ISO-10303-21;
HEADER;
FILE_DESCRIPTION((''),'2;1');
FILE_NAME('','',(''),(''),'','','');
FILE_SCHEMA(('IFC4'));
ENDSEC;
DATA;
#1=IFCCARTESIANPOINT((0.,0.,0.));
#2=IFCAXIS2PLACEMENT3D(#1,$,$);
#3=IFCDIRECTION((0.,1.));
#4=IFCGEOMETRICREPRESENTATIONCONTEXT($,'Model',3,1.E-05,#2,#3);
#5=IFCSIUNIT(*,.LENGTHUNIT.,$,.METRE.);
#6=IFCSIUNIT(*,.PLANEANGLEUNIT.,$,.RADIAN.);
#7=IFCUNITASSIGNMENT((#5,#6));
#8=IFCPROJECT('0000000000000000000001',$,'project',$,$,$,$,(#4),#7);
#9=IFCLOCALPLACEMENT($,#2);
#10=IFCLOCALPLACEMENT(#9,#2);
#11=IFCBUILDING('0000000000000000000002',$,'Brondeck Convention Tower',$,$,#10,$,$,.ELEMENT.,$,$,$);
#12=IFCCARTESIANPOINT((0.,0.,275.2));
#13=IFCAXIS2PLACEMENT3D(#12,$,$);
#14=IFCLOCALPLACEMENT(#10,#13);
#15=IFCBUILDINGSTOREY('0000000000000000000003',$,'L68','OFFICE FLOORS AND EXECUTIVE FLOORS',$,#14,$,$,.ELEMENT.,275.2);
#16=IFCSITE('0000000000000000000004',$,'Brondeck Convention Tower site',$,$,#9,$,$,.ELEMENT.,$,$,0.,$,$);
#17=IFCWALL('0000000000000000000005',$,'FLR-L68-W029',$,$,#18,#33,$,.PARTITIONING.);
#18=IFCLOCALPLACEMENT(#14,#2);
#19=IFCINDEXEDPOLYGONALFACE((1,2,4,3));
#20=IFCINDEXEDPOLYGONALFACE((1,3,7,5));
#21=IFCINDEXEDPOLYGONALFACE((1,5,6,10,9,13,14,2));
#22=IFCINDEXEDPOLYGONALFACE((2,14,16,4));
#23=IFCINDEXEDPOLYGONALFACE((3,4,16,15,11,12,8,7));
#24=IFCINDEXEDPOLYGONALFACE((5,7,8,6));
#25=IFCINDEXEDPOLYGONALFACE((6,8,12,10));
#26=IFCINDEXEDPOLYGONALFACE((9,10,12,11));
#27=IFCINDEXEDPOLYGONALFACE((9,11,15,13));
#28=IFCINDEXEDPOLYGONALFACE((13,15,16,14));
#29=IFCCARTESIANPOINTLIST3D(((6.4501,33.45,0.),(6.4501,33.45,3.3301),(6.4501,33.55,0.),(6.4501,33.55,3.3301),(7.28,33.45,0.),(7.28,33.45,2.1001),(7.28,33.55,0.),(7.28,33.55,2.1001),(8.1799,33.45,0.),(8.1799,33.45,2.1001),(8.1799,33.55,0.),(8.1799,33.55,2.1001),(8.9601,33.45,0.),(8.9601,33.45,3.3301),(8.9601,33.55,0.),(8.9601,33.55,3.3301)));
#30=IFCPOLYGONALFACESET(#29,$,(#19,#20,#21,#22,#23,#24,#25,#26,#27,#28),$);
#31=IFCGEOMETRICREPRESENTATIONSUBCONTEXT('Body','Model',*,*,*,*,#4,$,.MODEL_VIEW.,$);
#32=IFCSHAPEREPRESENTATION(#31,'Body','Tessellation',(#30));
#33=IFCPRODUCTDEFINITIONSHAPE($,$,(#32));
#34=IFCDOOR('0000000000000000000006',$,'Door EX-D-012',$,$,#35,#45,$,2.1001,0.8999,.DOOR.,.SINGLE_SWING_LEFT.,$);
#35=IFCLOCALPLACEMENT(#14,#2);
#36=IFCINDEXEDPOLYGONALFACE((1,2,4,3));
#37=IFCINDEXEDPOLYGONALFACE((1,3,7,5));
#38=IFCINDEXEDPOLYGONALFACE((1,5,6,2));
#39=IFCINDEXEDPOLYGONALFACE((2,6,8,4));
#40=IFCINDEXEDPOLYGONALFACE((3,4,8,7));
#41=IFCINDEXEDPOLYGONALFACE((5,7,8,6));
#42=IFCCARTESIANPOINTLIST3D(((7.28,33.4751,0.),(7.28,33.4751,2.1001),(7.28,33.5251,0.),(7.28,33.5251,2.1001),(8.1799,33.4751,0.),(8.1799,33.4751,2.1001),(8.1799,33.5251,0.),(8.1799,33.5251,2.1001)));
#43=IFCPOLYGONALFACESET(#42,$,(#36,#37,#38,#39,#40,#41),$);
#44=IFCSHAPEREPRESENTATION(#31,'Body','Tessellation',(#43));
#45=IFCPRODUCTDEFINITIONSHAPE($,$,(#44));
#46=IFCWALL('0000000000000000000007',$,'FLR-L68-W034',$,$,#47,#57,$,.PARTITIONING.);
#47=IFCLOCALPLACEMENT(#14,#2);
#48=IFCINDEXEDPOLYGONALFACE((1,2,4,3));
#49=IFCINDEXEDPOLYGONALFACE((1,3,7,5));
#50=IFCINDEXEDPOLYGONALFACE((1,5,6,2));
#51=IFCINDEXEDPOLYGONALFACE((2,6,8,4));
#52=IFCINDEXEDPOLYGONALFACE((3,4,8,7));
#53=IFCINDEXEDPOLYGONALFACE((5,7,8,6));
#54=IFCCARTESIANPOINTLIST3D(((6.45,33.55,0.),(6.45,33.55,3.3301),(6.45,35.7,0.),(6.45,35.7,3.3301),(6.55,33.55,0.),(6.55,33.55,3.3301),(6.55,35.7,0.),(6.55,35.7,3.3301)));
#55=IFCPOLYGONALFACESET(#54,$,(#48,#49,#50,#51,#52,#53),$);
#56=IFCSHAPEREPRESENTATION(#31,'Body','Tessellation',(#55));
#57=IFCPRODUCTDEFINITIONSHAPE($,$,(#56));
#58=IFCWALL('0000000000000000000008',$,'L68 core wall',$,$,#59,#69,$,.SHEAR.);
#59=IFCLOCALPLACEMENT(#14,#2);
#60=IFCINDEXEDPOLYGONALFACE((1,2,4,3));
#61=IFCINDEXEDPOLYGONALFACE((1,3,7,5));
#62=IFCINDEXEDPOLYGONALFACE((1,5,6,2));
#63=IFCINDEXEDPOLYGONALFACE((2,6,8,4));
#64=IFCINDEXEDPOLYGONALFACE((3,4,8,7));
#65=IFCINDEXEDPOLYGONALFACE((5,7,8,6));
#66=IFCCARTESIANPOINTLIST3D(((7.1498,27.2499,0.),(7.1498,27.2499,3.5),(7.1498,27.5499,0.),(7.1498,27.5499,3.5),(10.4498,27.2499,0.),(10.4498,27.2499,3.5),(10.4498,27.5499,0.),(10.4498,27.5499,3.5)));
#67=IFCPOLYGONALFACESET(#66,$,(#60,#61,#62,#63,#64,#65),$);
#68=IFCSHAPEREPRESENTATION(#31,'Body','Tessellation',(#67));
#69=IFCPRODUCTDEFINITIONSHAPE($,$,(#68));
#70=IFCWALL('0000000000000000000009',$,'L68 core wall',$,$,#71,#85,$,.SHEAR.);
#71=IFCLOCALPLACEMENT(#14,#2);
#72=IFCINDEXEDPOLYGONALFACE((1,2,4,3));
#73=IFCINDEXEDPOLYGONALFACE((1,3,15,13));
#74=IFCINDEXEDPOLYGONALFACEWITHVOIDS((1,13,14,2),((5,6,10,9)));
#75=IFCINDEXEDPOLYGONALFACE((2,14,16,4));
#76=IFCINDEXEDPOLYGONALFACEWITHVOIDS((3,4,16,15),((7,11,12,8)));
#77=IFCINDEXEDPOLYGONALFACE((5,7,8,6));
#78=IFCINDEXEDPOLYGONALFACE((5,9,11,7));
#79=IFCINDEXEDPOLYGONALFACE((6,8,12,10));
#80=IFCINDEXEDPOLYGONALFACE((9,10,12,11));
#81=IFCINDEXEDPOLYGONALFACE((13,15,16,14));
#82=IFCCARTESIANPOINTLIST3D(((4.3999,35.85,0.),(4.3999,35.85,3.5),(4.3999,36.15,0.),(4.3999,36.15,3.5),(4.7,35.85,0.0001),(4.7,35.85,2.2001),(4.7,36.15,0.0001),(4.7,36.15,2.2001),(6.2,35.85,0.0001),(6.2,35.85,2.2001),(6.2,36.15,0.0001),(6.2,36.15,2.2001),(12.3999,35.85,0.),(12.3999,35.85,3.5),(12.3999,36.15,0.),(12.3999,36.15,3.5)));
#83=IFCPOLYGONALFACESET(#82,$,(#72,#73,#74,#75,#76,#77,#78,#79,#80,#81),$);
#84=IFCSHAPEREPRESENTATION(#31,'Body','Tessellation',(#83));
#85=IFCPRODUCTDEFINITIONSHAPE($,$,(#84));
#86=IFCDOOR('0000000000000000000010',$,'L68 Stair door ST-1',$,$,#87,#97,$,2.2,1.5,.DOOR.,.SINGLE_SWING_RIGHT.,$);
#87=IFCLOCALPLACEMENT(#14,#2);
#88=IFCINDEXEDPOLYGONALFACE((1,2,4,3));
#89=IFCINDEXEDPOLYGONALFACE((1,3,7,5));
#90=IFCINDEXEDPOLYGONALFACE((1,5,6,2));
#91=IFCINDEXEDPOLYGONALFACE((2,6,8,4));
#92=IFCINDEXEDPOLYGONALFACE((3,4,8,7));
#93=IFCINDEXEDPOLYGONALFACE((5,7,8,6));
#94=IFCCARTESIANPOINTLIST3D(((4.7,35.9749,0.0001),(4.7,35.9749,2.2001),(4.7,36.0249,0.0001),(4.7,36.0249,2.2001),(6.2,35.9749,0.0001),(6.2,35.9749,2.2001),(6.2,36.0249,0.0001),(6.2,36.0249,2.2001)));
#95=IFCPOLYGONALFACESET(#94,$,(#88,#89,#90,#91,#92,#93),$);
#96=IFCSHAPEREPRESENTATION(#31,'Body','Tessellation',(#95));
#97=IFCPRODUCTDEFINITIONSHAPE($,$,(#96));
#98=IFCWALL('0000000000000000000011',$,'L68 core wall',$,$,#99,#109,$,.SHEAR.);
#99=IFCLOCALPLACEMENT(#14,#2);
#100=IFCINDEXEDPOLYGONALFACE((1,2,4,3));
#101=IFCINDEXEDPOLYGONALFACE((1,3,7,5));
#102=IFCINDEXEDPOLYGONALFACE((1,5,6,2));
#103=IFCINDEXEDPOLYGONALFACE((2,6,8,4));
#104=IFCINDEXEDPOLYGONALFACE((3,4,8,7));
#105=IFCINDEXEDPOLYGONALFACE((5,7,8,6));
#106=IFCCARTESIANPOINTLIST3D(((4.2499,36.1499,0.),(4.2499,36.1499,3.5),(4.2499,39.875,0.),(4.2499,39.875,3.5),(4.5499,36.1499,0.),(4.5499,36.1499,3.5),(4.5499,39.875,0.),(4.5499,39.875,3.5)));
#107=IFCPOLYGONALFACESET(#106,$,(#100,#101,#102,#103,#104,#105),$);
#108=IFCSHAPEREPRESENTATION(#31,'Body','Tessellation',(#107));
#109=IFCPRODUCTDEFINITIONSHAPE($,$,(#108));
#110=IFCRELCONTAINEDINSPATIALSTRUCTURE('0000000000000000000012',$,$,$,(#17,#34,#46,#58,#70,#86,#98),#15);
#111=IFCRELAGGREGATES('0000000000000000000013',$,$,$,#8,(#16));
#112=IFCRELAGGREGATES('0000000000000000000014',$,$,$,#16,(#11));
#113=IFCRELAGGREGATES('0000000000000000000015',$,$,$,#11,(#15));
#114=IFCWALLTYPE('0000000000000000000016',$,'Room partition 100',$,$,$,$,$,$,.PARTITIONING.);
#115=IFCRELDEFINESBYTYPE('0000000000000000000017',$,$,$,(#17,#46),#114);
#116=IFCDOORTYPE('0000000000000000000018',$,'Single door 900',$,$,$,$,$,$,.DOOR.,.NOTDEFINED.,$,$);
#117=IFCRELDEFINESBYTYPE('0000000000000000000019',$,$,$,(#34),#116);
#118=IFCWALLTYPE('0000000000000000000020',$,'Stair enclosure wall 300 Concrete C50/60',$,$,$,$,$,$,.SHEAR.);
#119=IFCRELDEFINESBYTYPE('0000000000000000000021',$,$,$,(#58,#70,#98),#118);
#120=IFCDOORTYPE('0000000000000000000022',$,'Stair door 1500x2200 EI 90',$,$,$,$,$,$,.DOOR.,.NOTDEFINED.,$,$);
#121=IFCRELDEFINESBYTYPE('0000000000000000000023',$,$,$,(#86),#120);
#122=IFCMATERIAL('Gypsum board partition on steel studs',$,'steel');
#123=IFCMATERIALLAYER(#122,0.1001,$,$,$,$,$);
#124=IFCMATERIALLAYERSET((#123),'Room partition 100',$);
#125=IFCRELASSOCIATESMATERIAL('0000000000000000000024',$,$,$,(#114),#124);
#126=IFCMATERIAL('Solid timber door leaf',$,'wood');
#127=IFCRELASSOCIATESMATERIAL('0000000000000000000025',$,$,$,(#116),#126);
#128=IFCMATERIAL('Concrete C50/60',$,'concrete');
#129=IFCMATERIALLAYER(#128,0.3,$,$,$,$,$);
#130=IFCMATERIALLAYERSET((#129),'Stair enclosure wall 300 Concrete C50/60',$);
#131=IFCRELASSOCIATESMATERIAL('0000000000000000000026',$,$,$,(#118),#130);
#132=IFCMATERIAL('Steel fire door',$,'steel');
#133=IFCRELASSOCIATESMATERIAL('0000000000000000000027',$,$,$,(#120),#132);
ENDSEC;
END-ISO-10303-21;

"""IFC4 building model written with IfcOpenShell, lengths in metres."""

from ifc_helpers import new_model, si_unit, direction, frame, frame_2d, origin, place, context, subcontext, project, spatial, rectangle, extrude, material, layer, layer_set, type_object, element, fill, save


model = new_model("IFC4")

# Units and contexts
model_context = context("Model", 3, precision=1e-05, world=origin(), true_north=direction((0.0, 1.0)))
body_context = subcontext(model_context, "Body", "Model", "MODEL_VIEW")
ifc_project = project(units=[si_unit("LENGTHUNIT", "METRE"), si_unit("PLANEANGLEUNIT", "RADIAN")], contexts=[model_context])

# Site, building, storey
site_placement = place(None, origin())
site = spatial("IfcSite", under=ifc_project, at=site_placement, Name="Brondeck Convention Tower site", CompositionType="ELEMENT", RefElevation=0.0)
building_placement = place(site_placement, origin())
building = spatial("IfcBuilding", under=site, at=building_placement, Name="Brondeck Convention Tower", CompositionType="ELEMENT")
storey_placement = place(building_placement, frame((0.0, 0.0, 275.2)))
storey = spatial("IfcBuildingStorey", under=building, at=storey_placement, Name="L68", Description="OFFICE FLOORS AND EXECUTIVE FLOORS", CompositionType="ELEMENT", Elevation=275.2)

# Shared definitions
ifc_material_1 = material(Name="Concrete C50/60", Category="concrete")

# Shared definitions
ifc_material_2 = material(Name="Steel fire door", Category="steel")

# Shared definitions
ifc_material_3 = material(Name="Gypsum board partition on steel studs", Category="steel")
ifc_layer_1 = layer(ifc_material_3, 0.1001)
ifc_layer_set_1 = layer_set([ifc_layer_1], Name="Room partition 100")
wall_type_1 = type_object("IfcWallType", Name="Room partition 100", PredefinedType="PARTITIONING", material=ifc_layer_set_1)
ifc_material_4 = material(Name="Solid timber door leaf", Category="wood")
door_type_1 = type_object("IfcDoorType", Name="Single door 900", OperationType="NOTDEFINED", PredefinedType="DOOR", material=ifc_material_4)

# Wall, opening, door
wall_1_placement = place(storey_placement, frame((8.96, 33.5, 0.0), z_axis=(0.0, 0.0, 1.0), x_axis=(-1.0, 0.0, 0.0)))
wall_1 = element("IfcWall", 1, at=wall_1_placement, inside=storey, type_object=wall_type_1, Name="FLR-L68-W029", PredefinedType="PARTITIONING", context=body_context, shape_type="SweptSolid", body=[
    extrude(rectangle(XDim=2.51, YDim=0.1001, at=frame_2d((1.2549, 0.0))), origin(), (0.0, 0.0, 1.0), 3.3301),
])
opening_1_placement = place(wall_1_placement, frame((0.78, 0.0, 0.0)))
opening_1 = element("IfcOpeningElement", 2, at=opening_1_placement, cuts=wall_1, PredefinedType="OPENING", context=body_context, shape_type="SweptSolid", body=[
    extrude(rectangle(XDim=0.8999, YDim=2.1001, at=frame_2d((0.45, 1.05))), frame((0.0, 0.0601, 0.0), z_axis=(0.0, -1.0, 0.0), x_axis=(1.0, 0.0, 0.0)), (0.0, 0.0, 1.0), 0.1201),
])
door_1_placement = place(opening_1_placement, origin())
door_1 = element("IfcDoor", 3, at=door_1_placement, inside=storey, type_object=door_type_1, Name="Door EX-D-012", OperationType="SINGLE_SWING_LEFT", OverallHeight=2.1001, OverallWidth=0.8999, PredefinedType="DOOR", context=body_context, shape_type="SweptSolid", body=[
    extrude(rectangle(XDim=0.8999, YDim=2.1001, at=frame_2d((0.45, 1.05))), frame((0.0, 0.0249, 0.0), z_axis=(0.0, -1.0, 0.0), x_axis=(1.0, 0.0, 0.0)), (0.0, 0.0, 1.0), 0.05),
])
fill(opening_1, door_1)

# Walls
wall_2_placement = place(storey_placement, frame((6.5, 33.55, 0.0), z_axis=(0.0, 0.0, 1.0), x_axis=(0.0, 1.0, 0.0)))
element("IfcWall", 4, at=wall_2_placement, inside=storey, type_object=wall_type_1, Name="FLR-L68-W034", PredefinedType="PARTITIONING", context=body_context, shape_type="SweptSolid", body=[
    extrude(rectangle(XDim=2.1499, YDim=0.1001, at=frame_2d((1.075, 0.0))), origin(), (0.0, 0.0, 1.0), 3.3301),
])
ifc_layer_2 = layer(ifc_material_1, 0.3)
ifc_layer_set_2 = layer_set([ifc_layer_2], Name="Stair enclosure wall 300 Concrete C50/60")
wall_type_2 = type_object("IfcWallType", Name="Stair enclosure wall 300 Concrete C50/60", PredefinedType="SHEAR", material=ifc_layer_set_2)
wall_3_placement = place(storey_placement, frame((7.1499, 27.3999, 0.0), z_axis=(0.0, 0.0, 1.0), x_axis=(1.0, 0.0, 0.0)))
element("IfcWall", 5, at=wall_3_placement, inside=storey, type_object=wall_type_2, Name="L68 core wall", PredefinedType="SHEAR", context=body_context, shape_type="SweptSolid", body=[
    extrude(rectangle(XDim=3.3, YDim=0.3, at=frame_2d((1.6499, 0.0))), origin(), (0.0, 0.0, 1.0), 3.5),
])

# Wall, opening, door
wall_4_placement = place(storey_placement, frame((4.3999, 36.0, 0.0), z_axis=(0.0, 0.0, 1.0), x_axis=(1.0, 0.0, 0.0)))
wall_4 = element("IfcWall", 6, at=wall_4_placement, inside=storey, type_object=wall_type_2, Name="L68 core wall", PredefinedType="SHEAR", context=body_context, shape_type="SweptSolid", body=[
    extrude(rectangle(XDim=8.0, YDim=0.3, at=frame_2d((4.0, 0.0))), origin(), (0.0, 0.0, 1.0), 3.5),
])
opening_2_placement = place(wall_4_placement, frame((0.3, 0.0, 0.0)))
opening_2 = element("IfcOpeningElement", 7, at=opening_2_placement, cuts=wall_4, PredefinedType="OPENING", context=body_context, shape_type="SweptSolid", body=[
    extrude(rectangle(XDim=1.5, YDim=2.2, at=frame_2d((0.75, 1.1001))), frame((0.0, 0.1599, 0.0), z_axis=(0.0, -1.0, 0.0), x_axis=(1.0, 0.0, 0.0)), (0.0, 0.0, 1.0), 0.3201),
])
door_type_2 = type_object("IfcDoorType", Name="Stair door 1500x2200 EI 90", OperationType="NOTDEFINED", PredefinedType="DOOR", material=ifc_material_2)
door_2_placement = place(opening_2_placement, origin())
door_2 = element("IfcDoor", 8, at=door_2_placement, inside=storey, type_object=door_type_2, Name="L68 Stair door ST-1", OperationType="SINGLE_SWING_RIGHT", OverallHeight=2.2, OverallWidth=1.5, PredefinedType="DOOR", context=body_context, shape_type="SweptSolid", body=[
    extrude(rectangle(XDim=1.5, YDim=2.2, at=frame_2d((0.75, 1.1001))), frame((0.0, 0.0249, 0.0), z_axis=(0.0, -1.0, 0.0), x_axis=(1.0, 0.0, 0.0)), (0.0, 0.0, 1.0), 0.05),
])
fill(opening_2, door_2)

# Wall
wall_5_placement = place(storey_placement, frame((4.3999, 36.1499, 0.0), z_axis=(0.0, 0.0, 1.0), x_axis=(0.0, 1.0, 0.0)))
element("IfcWall", 9, at=wall_5_placement, inside=storey, type_object=wall_type_2, Name="L68 core wall", PredefinedType="SHEAR", context=body_context, shape_type="SweptSolid", body=[
    extrude(rectangle(XDim=3.7251, YDim=0.3, at=frame_2d((1.8625, 0.0))), origin(), (0.0, 0.0, 1.0), 3.5),
])

save(model, "model.ifc")
